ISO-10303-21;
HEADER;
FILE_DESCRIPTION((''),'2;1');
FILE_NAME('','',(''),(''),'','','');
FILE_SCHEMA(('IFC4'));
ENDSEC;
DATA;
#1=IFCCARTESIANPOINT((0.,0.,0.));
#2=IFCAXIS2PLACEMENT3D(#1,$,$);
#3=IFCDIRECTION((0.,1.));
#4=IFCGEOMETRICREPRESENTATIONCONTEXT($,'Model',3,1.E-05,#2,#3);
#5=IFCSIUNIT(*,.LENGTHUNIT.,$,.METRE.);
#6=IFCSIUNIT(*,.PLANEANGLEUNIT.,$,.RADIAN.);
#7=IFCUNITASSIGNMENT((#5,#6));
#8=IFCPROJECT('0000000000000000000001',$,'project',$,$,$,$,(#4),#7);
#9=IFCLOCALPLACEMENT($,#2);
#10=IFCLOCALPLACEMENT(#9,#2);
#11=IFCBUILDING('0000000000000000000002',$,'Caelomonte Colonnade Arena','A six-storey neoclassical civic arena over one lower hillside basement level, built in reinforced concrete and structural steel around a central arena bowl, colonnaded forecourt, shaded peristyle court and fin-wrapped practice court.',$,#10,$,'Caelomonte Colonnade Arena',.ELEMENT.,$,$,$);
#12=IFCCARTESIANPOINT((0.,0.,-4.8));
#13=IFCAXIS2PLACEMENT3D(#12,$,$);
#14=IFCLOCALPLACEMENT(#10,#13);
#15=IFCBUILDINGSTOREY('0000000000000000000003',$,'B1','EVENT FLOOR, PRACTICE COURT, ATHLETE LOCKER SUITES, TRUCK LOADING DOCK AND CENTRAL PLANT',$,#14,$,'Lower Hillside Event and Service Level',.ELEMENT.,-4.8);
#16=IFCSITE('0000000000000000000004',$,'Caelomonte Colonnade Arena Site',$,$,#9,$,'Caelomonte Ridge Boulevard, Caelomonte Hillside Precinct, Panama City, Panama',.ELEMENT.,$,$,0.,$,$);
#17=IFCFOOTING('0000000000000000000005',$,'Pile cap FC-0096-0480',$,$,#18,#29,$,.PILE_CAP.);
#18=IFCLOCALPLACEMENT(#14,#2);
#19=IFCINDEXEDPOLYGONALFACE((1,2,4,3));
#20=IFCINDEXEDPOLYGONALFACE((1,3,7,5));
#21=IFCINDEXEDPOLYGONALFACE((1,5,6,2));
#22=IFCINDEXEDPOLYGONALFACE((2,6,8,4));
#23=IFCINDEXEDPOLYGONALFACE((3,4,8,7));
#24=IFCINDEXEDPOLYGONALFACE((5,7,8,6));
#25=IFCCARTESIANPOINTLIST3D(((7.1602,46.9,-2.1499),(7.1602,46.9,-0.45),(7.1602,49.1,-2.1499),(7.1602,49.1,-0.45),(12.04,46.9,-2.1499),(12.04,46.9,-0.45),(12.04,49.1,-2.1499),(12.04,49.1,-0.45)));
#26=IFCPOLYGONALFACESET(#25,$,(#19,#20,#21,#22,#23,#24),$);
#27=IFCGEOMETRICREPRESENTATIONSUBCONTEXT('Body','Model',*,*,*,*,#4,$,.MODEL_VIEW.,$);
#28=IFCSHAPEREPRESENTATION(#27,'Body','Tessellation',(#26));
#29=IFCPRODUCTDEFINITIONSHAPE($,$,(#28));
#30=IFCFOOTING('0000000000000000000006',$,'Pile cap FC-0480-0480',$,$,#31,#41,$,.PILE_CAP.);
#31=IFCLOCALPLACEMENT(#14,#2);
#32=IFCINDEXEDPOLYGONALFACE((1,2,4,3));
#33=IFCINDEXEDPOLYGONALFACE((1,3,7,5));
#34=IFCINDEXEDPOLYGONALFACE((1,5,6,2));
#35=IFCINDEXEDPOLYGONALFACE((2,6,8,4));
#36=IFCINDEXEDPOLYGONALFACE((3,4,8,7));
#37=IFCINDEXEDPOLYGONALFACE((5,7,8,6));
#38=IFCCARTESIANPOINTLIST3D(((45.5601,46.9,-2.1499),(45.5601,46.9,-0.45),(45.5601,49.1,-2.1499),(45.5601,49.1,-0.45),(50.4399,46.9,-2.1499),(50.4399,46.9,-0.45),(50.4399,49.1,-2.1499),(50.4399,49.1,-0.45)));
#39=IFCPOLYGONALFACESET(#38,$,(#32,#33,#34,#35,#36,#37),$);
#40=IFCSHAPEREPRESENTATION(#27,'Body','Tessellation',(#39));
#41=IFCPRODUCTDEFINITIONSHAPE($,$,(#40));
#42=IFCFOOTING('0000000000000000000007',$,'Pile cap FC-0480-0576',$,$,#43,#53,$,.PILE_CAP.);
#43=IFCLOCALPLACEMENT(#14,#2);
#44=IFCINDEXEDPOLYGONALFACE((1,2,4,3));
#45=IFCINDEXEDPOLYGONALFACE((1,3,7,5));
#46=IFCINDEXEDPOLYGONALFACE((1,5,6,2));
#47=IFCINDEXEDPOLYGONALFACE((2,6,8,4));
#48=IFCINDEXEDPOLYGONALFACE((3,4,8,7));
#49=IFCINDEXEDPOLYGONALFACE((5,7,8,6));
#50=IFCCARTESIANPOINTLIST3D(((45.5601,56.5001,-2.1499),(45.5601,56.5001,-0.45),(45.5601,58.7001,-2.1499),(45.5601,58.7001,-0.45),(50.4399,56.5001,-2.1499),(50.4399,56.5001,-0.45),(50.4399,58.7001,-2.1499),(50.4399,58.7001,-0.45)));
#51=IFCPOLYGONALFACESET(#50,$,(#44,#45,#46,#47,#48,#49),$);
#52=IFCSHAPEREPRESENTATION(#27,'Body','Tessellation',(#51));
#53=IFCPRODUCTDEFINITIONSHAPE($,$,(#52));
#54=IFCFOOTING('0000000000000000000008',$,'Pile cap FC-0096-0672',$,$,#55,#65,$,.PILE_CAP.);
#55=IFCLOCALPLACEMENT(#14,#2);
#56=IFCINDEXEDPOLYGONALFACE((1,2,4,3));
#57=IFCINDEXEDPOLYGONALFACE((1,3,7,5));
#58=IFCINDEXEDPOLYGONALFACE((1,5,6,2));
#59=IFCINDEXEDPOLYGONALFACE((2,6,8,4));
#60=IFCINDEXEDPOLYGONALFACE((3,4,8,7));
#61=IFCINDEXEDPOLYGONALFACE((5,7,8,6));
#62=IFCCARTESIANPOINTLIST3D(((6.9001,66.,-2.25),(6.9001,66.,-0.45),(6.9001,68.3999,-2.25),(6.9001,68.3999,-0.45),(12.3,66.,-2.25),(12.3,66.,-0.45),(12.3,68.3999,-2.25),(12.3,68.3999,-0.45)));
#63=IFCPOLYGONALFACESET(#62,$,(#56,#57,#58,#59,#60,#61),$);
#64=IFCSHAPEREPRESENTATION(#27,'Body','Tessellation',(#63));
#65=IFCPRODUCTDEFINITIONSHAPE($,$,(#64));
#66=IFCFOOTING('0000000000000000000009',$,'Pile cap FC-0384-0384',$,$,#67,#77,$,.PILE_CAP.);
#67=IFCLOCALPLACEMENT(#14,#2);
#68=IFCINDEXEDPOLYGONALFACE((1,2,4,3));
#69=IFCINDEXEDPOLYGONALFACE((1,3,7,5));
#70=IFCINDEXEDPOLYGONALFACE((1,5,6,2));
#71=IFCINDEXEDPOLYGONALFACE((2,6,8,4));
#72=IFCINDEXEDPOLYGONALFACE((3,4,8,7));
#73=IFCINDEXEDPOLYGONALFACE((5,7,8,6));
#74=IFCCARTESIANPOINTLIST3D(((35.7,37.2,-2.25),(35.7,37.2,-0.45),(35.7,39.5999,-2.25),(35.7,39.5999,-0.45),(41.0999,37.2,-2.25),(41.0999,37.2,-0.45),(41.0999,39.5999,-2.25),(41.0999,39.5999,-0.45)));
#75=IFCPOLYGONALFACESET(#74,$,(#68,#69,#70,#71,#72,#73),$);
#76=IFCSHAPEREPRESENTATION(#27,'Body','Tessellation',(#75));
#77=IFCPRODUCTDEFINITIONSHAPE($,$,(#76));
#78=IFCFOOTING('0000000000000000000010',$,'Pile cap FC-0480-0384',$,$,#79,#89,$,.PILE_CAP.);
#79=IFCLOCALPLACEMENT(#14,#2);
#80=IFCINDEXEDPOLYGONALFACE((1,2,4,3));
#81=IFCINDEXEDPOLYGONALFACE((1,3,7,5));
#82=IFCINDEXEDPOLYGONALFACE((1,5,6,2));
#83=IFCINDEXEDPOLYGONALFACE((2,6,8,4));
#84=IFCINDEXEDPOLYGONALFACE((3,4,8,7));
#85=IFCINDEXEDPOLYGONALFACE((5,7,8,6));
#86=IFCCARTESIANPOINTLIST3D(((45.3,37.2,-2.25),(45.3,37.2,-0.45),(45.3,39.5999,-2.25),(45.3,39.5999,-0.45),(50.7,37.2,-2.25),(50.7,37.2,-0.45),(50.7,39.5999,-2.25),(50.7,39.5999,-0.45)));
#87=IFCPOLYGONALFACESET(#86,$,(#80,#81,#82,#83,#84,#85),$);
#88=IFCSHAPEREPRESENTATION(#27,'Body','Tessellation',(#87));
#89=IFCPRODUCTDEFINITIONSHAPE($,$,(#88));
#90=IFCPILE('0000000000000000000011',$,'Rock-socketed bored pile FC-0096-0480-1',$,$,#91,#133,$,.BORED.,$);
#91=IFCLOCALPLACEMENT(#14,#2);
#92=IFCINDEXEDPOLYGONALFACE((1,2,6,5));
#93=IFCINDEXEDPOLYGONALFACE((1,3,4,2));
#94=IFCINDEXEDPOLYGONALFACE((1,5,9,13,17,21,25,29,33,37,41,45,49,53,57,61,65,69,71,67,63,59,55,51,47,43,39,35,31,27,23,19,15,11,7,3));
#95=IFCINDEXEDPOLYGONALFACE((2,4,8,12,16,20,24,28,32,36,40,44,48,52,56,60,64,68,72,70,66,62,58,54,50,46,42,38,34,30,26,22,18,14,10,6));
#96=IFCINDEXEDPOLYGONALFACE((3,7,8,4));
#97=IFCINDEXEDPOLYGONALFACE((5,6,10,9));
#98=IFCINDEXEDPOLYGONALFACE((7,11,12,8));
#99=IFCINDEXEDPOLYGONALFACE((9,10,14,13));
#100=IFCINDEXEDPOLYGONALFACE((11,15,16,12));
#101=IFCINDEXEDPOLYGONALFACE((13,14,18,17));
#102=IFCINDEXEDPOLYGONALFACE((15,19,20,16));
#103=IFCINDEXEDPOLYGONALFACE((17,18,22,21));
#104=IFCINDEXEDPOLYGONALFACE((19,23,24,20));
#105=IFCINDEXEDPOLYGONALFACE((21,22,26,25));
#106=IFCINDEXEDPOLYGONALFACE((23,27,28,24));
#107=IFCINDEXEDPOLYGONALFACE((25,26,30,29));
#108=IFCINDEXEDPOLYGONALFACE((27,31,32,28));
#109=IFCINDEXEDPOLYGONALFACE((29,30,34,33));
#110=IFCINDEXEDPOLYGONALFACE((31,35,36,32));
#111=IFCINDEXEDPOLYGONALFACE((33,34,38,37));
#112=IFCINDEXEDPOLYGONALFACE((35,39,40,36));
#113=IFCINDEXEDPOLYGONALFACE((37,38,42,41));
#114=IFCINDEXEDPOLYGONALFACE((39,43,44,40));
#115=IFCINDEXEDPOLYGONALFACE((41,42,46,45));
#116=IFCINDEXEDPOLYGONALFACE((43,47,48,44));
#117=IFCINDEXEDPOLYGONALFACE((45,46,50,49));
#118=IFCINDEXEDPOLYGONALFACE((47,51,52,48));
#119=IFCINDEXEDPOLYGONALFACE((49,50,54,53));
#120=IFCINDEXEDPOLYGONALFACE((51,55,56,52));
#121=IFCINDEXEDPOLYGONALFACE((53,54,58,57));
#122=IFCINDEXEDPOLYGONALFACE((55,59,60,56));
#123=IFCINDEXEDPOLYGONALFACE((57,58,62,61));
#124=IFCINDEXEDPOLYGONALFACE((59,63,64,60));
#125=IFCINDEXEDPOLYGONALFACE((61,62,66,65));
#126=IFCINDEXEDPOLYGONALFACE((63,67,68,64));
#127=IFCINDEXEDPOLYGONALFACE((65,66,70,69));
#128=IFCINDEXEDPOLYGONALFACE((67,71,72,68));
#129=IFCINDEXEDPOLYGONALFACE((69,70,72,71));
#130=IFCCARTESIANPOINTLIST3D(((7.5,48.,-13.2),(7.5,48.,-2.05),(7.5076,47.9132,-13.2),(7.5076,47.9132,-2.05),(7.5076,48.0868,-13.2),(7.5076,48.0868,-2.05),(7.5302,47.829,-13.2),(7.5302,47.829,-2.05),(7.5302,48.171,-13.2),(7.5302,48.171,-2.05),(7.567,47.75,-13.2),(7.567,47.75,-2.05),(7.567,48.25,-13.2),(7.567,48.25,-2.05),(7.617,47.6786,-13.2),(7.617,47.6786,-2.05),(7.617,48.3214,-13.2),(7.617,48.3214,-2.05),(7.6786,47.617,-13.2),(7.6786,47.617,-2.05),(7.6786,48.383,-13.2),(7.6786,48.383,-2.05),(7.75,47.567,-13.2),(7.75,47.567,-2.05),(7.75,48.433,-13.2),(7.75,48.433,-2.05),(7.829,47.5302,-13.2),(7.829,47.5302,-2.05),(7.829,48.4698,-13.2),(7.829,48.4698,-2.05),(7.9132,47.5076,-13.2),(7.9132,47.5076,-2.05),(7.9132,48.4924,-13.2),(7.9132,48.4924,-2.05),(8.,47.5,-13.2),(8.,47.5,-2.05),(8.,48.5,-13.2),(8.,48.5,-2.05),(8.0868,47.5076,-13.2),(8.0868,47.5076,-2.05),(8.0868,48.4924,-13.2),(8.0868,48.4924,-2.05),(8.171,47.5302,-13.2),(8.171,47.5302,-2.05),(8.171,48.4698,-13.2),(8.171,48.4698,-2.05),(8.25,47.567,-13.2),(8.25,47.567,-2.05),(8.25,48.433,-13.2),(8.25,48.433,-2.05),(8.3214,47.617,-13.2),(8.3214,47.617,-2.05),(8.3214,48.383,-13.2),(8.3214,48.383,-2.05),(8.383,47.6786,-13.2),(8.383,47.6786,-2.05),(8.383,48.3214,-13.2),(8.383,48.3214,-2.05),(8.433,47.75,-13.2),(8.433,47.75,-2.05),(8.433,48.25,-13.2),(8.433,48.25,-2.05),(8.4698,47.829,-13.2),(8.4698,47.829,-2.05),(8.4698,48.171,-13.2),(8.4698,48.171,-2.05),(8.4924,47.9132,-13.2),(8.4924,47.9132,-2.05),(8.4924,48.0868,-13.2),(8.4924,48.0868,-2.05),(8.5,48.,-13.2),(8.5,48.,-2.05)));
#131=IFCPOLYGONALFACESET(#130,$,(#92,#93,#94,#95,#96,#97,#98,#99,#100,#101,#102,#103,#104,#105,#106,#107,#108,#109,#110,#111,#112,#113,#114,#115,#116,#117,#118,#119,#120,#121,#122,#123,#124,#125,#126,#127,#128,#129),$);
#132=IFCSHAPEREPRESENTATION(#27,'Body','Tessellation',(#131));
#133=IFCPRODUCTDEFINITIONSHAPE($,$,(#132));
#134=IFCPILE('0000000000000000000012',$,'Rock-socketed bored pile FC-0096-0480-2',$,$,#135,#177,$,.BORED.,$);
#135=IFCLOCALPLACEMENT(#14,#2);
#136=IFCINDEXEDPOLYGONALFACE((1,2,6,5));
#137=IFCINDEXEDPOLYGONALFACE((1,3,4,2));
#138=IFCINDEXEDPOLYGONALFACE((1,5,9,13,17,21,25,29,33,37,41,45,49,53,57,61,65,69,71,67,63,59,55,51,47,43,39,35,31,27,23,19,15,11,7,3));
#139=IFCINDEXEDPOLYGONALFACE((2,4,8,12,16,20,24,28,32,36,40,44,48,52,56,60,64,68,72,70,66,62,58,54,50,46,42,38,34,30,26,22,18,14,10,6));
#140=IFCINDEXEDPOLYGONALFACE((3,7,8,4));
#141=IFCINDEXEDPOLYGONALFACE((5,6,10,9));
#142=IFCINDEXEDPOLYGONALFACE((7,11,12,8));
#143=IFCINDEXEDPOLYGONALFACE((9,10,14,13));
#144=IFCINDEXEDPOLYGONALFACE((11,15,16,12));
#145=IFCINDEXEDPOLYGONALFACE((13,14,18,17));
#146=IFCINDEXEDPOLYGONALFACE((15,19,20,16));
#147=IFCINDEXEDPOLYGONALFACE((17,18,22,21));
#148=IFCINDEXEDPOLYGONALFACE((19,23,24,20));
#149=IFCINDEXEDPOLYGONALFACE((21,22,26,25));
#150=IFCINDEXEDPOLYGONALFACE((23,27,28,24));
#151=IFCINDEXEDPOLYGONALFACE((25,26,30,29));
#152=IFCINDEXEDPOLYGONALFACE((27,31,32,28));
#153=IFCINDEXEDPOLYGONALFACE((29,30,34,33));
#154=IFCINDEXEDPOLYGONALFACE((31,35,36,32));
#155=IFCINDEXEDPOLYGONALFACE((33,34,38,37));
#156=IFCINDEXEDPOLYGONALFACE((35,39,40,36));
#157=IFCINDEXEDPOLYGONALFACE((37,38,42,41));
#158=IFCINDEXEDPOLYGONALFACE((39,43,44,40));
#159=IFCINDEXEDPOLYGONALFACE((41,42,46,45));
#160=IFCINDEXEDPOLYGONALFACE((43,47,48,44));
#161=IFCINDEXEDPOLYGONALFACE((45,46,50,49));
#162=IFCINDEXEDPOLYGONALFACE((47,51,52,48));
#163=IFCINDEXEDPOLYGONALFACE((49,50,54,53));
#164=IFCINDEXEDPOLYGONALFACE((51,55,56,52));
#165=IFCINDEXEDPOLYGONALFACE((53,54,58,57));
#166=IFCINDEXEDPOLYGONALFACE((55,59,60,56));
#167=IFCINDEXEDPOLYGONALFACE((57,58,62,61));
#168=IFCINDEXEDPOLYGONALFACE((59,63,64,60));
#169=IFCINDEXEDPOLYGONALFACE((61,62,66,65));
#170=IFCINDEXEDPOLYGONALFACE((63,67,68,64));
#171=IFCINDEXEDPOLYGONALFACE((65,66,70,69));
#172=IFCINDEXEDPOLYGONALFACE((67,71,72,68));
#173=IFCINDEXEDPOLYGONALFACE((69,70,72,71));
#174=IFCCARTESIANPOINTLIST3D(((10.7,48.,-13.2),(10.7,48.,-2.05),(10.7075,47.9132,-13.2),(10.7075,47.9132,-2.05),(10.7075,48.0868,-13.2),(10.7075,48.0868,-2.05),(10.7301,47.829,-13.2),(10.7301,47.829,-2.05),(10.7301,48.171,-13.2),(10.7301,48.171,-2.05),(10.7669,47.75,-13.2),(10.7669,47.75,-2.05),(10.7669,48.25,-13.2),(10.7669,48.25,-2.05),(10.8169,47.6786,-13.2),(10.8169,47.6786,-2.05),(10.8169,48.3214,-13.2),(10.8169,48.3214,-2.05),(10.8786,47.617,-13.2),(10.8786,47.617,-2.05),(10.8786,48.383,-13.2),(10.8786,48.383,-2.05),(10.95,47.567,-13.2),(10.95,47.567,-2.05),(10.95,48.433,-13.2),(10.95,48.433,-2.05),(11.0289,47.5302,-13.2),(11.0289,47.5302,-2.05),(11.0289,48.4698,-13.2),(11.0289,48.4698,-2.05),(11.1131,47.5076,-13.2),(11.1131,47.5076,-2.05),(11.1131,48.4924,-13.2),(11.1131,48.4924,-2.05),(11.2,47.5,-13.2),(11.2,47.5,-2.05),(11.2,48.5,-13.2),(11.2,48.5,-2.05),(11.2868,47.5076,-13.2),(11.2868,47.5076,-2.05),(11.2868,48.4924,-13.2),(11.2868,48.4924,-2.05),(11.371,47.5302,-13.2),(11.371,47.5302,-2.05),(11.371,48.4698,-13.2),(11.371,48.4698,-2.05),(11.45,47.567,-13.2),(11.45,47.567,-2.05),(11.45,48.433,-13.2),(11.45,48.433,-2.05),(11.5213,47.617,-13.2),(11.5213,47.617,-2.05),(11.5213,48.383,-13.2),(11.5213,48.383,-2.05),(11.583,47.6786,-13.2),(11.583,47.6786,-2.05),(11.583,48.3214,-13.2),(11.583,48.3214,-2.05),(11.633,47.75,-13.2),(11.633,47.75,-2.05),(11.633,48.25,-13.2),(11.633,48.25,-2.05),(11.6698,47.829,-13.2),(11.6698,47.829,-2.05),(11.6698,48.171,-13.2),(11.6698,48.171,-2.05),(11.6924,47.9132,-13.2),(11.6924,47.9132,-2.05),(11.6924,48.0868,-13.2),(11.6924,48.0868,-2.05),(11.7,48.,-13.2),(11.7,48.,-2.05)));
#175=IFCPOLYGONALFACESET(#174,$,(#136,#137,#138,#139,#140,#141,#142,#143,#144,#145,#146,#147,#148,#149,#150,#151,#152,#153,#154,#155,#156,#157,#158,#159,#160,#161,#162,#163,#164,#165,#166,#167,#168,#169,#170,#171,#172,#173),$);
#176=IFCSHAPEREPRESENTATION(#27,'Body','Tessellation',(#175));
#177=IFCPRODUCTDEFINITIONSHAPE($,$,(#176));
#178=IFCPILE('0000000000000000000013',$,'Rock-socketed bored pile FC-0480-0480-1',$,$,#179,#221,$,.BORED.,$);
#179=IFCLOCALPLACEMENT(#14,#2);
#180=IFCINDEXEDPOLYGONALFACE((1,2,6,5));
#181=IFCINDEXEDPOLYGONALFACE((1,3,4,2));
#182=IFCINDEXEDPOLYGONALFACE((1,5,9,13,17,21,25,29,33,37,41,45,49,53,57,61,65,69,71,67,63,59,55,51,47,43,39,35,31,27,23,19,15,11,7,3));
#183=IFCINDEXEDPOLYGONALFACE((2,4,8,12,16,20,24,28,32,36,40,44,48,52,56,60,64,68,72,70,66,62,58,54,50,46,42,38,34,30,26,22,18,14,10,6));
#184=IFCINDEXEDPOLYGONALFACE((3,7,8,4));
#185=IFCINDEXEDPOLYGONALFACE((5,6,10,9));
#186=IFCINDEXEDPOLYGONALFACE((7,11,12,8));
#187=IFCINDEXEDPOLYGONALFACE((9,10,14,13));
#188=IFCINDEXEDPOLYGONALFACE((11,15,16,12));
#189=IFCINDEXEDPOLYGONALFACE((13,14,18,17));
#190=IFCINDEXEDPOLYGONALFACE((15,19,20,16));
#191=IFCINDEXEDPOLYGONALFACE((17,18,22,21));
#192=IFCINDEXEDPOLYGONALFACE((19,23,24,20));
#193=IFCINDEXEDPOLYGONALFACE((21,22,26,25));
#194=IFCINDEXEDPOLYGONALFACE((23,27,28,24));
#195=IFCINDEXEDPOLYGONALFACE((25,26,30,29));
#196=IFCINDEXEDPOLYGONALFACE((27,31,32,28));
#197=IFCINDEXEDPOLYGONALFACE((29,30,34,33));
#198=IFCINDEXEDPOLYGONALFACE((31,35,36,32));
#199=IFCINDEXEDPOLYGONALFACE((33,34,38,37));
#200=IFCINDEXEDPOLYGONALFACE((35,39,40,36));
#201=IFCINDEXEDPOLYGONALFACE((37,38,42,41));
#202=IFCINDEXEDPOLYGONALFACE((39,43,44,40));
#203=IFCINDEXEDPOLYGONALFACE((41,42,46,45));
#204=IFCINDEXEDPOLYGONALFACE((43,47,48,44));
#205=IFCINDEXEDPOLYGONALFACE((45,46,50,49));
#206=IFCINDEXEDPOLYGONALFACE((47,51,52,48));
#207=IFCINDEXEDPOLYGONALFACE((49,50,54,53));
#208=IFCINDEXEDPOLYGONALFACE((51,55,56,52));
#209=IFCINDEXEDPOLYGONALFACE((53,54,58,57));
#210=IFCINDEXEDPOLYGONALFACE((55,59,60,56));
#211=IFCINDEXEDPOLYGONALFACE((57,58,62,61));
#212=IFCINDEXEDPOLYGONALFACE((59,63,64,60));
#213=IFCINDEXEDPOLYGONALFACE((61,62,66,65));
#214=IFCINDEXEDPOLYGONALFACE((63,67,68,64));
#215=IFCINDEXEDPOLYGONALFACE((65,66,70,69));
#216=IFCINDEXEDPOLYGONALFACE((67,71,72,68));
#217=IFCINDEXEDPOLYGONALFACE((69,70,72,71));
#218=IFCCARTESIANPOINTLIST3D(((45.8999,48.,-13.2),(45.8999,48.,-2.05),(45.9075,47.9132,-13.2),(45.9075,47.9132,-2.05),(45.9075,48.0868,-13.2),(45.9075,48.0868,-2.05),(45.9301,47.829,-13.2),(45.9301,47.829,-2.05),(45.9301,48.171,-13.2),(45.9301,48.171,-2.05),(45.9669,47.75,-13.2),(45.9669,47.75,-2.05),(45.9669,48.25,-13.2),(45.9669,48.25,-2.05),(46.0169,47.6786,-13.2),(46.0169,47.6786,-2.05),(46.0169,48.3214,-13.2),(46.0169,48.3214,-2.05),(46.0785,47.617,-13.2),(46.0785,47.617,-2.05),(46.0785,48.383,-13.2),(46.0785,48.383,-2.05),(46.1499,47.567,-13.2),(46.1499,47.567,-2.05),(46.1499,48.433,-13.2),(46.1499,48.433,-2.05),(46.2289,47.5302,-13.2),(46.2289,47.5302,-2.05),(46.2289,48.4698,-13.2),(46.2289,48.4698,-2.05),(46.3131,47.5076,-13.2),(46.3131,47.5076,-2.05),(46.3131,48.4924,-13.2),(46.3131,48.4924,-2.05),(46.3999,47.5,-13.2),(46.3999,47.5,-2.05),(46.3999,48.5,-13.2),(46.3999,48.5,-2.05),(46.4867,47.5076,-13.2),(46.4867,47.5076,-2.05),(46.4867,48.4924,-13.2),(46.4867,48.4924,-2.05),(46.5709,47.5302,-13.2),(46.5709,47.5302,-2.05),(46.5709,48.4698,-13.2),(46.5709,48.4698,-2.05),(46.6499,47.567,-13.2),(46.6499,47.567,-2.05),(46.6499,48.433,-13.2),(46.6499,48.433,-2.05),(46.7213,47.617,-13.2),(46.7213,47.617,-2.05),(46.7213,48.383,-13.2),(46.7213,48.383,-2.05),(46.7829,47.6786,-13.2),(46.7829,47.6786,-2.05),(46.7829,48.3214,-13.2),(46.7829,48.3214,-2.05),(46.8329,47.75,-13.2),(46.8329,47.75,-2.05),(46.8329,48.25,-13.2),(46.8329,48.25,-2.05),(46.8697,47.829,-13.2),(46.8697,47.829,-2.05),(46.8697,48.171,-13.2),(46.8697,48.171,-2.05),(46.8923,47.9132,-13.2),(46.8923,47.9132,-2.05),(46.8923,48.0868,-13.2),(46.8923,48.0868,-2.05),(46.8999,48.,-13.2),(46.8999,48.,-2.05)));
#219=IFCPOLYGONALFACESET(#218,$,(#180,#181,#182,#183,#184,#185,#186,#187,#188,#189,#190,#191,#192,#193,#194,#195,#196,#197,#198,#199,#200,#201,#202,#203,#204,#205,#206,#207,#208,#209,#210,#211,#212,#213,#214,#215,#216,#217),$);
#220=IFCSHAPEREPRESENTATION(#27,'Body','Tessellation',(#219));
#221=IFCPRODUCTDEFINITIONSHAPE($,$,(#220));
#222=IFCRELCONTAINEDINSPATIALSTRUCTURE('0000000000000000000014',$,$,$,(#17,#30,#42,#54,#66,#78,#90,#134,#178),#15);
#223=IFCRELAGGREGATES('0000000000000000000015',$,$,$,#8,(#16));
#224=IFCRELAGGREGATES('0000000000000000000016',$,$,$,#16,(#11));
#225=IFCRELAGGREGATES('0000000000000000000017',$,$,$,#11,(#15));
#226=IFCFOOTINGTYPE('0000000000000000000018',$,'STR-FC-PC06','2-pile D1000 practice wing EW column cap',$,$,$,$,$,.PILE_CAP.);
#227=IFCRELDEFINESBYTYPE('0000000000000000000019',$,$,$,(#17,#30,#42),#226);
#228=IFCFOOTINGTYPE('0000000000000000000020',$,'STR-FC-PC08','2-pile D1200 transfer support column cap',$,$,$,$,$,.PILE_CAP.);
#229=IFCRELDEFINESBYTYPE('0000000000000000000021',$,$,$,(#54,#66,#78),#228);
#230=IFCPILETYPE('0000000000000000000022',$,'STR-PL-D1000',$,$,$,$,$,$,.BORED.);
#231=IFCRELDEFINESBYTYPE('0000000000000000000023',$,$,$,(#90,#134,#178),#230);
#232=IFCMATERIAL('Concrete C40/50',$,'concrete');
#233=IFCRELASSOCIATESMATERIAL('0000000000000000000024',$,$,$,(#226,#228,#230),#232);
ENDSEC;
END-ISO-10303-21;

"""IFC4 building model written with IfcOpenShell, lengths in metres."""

from ifc_helpers import new_model, si_unit, direction, frame, origin, origin_2d, place, context, subcontext, project, spatial, rectangle, circle, extrude, material, material_profile, profile_set, type_object, element, save


model = new_model("IFC4")

# Units and contexts
model_context = context("Model", 3, precision=1e-05, world=origin(), true_north=direction((0.0, 1.0)))
body_context = subcontext(model_context, "Body", "Model", "MODEL_VIEW")
ifc_project = project(units=[si_unit("LENGTHUNIT", "METRE"), si_unit("PLANEANGLEUNIT", "RADIAN")], contexts=[model_context])

# Site, building, storey
site_placement = place(None, origin())
site = spatial("IfcSite", under=ifc_project, at=site_placement, Name="Caelomonte Colonnade Arena Site", LongName="Caelomonte Ridge Boulevard, Caelomonte Hillside Precinct, Panama City, Panama", CompositionType="ELEMENT", RefElevation=0.0)
building_placement = place(site_placement, origin())
building = spatial("IfcBuilding", under=site, at=building_placement, Name="Caelomonte Colonnade Arena", Description="A six-storey neoclassical civic arena over one lower hillside basement level, built in reinforced concrete and structural steel around a central arena bowl, colonnaded forecourt, shaded peristyle court and fin-wrapped practice court.", LongName="Caelomonte Colonnade Arena", CompositionType="ELEMENT")
storey_placement = place(building_placement, frame((0.0, 0.0, -4.8)))
storey = spatial("IfcBuildingStorey", under=building, at=storey_placement, Name="B1", Description="EVENT FLOOR, PRACTICE COURT, ATHLETE LOCKER SUITES, TRUCK LOADING DOCK AND CENTRAL PLANT", LongName="Lower Hillside Event and Service Level", CompositionType="ELEMENT", Elevation=-4.8)

# Footings
ifc_material_1 = material(Name="Concrete C40/50", Category="concrete")
footing_type_1 = type_object("IfcFootingType", Name="STR-FC-PC06", Description="2-pile D1000 practice wing EW column cap", PredefinedType="PILE_CAP", material=ifc_material_1)
for number, where, z_axis, x_axis, name in (
    (1, (9.6001, 48.0, -2.1499), (0.0, 0.0, 1.0), (1.0, 0.0, 0.0), "Pile cap FC-0096-0480"),
    (2, (48.0, 48.0, -2.1499), (0.0, 0.0, 1.0), (1.0, 0.0, 0.0), "Pile cap FC-0480-0480"),
    (3, (48.0, 57.6001, -2.1499), (0.0, 0.0, 1.0), (1.0, 0.0, 0.0), "Pile cap FC-0480-0576"),
):
    element("IfcFooting", number, at=place(storey_placement, frame(where, z_axis=z_axis, x_axis=x_axis)), inside=storey, type_object=footing_type_1, Name=name, PredefinedType="PILE_CAP", context=body_context, shape_type="SweptSolid", body=[
        extrude(rectangle(XDim=4.8799, YDim=2.2, at=origin_2d()), origin(), (0.0, 0.0, 1.0), 1.7),
    ])
footing_type_2 = type_object("IfcFootingType", Name="STR-FC-PC08", Description="2-pile D1200 transfer support column cap", PredefinedType="PILE_CAP", material=ifc_material_1)
for number, where, z_axis, x_axis, name in (
    (4, (9.6001, 67.2, -2.25), (0.0, 0.0, 1.0), (1.0, 0.0, 0.0), "Pile cap FC-0096-0672"),
    (5, (38.3999, 38.3999, -2.25), (0.0, 0.0, 1.0), (1.0, 0.0, 0.0), "Pile cap FC-0384-0384"),
    (6, (48.0, 38.3999, -2.25), (0.0, 0.0, 1.0), (1.0, 0.0, 0.0), "Pile cap FC-0480-0384"),
):
    element("IfcFooting", number, at=place(storey_placement, frame(where, z_axis=z_axis, x_axis=x_axis)), inside=storey, type_object=footing_type_2, Name=name, PredefinedType="PILE_CAP", context=body_context, shape_type="SweptSolid", body=[
        extrude(rectangle(XDim=5.3999, YDim=2.3999, at=origin_2d()), origin(), (0.0, 0.0, 1.0), 1.8),
    ])

# Piles
ifc_material_profile_1 = material_profile(ifc_material_1, circle(Radius=0.5, at=origin_2d()), Name="PILE-D1000")
ifc_profile_set_1 = profile_set([ifc_material_profile_1], Name="Concrete C40/50")
pile_type_1 = type_object("IfcPileType", Name="STR-PL-D1000", PredefinedType="BORED", material=ifc_profile_set_1)
for number, where, z_axis, x_axis, name in (
    (7, (8.0, 48.0, -2.05), (0.0, 0.0, -1.0), (1.0, 0.0, 0.0), "Rock-socketed bored pile FC-0096-0480-1"),
    (8, (11.2, 48.0, -2.05), (0.0, 0.0, -1.0), (1.0, 0.0, 0.0), "Rock-socketed bored pile FC-0096-0480-2"),
    (9, (46.3999, 48.0, -2.05), (0.0, 0.0, -1.0), (1.0, 0.0, 0.0), "Rock-socketed bored pile FC-0480-0480-1"),
):
    element("IfcPile", number, at=place(storey_placement, frame(where, z_axis=z_axis, x_axis=x_axis)), inside=storey, type_object=pile_type_1, Name=name, PredefinedType="BORED", context=body_context, shape_type="SweptSolid", body=[
        extrude(circle(Radius=0.5, at=origin_2d()), origin(), (0.0, 0.0, 1.0), 11.1499),
    ])

save(model, "model.ifc")
